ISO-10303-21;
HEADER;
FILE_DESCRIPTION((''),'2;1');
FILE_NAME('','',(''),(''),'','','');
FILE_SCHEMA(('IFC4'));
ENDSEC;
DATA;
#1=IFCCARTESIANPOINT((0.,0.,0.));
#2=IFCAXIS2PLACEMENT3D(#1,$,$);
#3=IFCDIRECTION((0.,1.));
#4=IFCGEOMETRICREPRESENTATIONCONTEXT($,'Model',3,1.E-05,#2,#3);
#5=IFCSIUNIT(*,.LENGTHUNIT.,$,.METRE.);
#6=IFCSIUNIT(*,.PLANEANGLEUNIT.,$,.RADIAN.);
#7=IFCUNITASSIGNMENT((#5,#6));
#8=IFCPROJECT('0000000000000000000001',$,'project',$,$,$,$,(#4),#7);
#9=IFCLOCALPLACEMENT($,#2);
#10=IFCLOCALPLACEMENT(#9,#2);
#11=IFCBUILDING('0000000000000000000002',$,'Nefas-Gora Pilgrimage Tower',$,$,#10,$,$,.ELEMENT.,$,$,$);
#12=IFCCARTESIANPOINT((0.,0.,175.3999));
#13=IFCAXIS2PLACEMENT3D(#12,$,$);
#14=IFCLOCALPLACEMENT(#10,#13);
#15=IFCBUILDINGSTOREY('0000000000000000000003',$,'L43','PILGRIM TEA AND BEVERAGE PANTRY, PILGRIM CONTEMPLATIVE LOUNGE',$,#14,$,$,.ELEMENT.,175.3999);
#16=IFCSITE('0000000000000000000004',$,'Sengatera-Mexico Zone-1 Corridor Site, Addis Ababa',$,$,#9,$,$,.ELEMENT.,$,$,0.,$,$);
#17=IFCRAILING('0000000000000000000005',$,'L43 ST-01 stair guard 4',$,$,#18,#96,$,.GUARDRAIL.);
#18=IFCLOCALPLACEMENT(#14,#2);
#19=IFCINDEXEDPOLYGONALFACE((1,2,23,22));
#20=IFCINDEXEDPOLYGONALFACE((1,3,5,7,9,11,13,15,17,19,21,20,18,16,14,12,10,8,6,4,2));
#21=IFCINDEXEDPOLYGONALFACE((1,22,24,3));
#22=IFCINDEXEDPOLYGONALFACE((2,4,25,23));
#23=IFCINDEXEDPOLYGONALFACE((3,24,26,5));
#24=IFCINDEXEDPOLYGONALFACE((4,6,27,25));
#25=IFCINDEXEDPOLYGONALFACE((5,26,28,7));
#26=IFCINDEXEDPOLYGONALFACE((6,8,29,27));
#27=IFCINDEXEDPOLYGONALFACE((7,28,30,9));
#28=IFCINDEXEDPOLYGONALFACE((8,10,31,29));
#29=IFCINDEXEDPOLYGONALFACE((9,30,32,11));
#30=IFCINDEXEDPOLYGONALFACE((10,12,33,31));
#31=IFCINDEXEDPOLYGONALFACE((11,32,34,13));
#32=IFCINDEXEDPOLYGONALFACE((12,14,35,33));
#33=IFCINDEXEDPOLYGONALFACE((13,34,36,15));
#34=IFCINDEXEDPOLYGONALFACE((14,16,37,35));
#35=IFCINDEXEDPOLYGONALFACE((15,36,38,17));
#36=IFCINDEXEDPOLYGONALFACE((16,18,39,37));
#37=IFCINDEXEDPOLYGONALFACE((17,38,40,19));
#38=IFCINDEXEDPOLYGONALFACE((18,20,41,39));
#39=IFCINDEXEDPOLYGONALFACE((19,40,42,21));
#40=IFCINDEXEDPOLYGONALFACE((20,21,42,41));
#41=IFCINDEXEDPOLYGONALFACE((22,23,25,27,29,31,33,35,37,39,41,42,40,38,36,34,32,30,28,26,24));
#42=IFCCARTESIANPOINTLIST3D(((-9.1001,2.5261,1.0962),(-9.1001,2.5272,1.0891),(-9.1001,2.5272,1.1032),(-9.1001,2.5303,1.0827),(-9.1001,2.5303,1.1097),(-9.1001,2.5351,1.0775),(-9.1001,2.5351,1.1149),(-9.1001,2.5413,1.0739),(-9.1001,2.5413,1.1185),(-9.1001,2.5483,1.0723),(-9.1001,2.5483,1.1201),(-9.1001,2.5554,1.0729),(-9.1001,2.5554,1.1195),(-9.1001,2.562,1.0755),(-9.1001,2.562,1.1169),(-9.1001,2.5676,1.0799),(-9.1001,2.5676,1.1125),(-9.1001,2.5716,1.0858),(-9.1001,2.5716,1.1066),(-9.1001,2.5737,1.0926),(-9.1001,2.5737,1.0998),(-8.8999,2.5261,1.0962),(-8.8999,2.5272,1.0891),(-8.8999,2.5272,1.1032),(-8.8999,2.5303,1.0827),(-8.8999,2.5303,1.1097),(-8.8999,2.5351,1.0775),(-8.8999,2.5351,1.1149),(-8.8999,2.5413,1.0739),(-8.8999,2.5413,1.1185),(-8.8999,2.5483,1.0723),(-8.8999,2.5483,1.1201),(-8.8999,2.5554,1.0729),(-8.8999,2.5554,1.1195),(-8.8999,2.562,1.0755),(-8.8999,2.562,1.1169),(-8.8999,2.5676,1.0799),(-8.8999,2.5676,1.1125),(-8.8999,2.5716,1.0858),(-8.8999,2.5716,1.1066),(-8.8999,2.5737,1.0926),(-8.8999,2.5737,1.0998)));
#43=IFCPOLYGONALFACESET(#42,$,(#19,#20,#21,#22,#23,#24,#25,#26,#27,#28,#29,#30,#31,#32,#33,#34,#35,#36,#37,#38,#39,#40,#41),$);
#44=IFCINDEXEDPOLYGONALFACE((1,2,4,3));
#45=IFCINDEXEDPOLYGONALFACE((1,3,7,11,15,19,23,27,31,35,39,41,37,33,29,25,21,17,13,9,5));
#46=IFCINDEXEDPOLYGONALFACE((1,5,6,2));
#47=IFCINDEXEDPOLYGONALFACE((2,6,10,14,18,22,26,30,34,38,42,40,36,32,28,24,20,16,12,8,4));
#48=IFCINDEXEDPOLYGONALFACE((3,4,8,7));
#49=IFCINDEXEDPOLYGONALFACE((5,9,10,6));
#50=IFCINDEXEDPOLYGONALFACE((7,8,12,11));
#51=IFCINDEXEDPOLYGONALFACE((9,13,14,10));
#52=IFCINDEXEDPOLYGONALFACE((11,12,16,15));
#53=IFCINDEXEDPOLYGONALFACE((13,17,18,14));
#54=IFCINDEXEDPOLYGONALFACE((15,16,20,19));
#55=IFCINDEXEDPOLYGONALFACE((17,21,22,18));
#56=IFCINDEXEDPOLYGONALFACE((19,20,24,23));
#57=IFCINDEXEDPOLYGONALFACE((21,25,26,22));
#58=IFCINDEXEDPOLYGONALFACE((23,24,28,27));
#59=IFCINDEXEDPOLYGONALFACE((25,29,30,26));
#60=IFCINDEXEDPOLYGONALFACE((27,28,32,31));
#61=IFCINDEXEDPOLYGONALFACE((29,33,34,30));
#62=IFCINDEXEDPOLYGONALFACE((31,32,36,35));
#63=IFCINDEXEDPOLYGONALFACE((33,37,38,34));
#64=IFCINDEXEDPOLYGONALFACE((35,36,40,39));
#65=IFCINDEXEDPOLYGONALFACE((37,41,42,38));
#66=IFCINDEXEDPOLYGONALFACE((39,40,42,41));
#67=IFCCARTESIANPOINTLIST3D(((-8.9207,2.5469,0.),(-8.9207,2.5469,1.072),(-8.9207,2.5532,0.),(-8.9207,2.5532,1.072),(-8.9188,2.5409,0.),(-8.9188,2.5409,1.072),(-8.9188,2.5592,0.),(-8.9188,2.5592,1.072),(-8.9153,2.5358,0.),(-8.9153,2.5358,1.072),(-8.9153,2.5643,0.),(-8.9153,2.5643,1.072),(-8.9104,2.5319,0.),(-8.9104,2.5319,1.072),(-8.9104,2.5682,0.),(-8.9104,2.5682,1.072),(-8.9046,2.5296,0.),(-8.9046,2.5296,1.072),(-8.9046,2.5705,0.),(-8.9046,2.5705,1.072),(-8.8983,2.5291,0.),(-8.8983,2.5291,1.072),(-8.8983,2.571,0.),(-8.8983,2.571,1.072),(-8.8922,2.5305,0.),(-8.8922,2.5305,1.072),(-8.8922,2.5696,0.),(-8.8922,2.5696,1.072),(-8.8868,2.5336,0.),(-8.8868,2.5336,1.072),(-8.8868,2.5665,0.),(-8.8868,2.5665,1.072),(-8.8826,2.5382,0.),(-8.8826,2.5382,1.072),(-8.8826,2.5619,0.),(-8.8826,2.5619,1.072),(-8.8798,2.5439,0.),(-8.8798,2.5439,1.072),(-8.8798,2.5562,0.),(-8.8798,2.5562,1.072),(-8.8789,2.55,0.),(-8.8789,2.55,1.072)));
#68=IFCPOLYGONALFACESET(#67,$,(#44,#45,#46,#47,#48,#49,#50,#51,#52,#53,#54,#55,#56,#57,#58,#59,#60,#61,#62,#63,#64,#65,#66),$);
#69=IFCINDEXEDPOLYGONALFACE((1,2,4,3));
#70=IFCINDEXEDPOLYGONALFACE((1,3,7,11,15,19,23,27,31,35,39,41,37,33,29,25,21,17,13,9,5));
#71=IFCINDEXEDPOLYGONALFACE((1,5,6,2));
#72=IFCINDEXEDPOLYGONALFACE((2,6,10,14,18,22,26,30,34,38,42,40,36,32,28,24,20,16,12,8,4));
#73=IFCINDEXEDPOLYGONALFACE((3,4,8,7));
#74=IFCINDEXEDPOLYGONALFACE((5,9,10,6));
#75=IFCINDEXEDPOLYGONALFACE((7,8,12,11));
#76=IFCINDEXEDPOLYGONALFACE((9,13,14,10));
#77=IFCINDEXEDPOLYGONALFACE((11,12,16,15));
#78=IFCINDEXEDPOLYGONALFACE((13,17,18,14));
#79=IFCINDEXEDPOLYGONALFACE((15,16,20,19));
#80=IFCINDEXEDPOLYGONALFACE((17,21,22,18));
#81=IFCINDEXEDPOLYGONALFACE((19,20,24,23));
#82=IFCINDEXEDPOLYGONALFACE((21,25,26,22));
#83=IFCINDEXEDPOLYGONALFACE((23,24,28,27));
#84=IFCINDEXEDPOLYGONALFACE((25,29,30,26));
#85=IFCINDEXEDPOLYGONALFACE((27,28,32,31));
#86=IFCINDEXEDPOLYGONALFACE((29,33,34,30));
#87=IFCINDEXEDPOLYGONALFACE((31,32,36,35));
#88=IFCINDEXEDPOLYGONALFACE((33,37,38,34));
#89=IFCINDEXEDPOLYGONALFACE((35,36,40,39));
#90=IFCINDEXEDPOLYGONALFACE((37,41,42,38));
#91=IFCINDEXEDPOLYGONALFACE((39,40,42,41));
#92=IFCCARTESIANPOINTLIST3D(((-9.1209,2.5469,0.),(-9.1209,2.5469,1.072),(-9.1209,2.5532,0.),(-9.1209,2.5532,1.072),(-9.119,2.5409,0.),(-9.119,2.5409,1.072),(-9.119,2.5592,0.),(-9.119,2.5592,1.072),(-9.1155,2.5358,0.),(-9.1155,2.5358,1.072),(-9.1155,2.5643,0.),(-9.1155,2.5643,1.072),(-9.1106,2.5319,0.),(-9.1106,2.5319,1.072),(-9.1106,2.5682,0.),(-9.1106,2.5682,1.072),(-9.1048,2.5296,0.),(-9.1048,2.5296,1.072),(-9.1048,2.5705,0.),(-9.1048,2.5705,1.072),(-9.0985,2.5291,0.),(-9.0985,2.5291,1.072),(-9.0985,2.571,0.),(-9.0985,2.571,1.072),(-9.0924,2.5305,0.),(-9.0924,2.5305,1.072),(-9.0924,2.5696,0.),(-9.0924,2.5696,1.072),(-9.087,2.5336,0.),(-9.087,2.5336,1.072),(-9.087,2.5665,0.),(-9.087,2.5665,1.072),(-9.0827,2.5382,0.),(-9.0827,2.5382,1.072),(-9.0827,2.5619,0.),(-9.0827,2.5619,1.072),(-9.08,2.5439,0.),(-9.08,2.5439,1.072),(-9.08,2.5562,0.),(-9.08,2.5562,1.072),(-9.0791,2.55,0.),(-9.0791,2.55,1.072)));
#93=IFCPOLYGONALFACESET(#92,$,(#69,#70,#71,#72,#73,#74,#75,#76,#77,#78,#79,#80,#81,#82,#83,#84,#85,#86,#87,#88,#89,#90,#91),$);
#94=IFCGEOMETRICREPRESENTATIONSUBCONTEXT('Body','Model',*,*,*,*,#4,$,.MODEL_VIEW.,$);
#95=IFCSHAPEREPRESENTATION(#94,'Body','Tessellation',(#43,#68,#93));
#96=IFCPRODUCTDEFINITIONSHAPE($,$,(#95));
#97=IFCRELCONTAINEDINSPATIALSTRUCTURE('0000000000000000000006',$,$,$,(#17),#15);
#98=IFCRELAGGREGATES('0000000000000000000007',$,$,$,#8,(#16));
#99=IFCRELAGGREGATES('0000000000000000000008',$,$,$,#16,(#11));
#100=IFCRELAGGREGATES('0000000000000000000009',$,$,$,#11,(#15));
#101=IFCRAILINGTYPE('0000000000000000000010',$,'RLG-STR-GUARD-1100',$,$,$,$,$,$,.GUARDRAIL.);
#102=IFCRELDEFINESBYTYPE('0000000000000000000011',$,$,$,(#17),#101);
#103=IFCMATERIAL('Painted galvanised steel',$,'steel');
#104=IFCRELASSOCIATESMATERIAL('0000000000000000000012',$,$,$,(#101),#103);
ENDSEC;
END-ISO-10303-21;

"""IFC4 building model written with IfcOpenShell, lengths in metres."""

from ifc_helpers import new_model, si_unit, direction, frame, origin, origin_2d, place, context, subcontext, project, spatial, circle, extrude, material, type_object, element, save


model = new_model("IFC4")

# Units and contexts
model_context = context("Model", 3, precision=1e-05, world=origin(), true_north=direction((0.0, 1.0)))
body_context = subcontext(model_context, "Body", "Model", "MODEL_VIEW")
ifc_project = project(units=[si_unit("LENGTHUNIT", "METRE"), si_unit("PLANEANGLEUNIT", "RADIAN")], contexts=[model_context])

# Site, building, storey
site_placement = place(None, origin())
site = spatial("IfcSite", under=ifc_project, at=site_placement, Name="Sengatera-Mexico Zone-1 Corridor Site, Addis Ababa", CompositionType="ELEMENT", RefElevation=0.0)
building_placement = place(site_placement, origin())
building = spatial("IfcBuilding", under=site, at=building_placement, Name="Nefas-Gora Pilgrimage Tower", CompositionType="ELEMENT")
storey_placement = place(building_placement, frame((0.0, 0.0, 175.3999)))
storey = spatial("IfcBuildingStorey", under=building, at=storey_placement, Name="L43", Description="PILGRIM TEA AND BEVERAGE PANTRY, PILGRIM CONTEMPLATIVE LOUNGE", CompositionType="ELEMENT", Elevation=175.3999)

# Railing
ifc_material_1 = material(Name="Painted galvanised steel", Category="steel")
railing_type_1 = type_object("IfcRailingType", Name="RLG-STR-GUARD-1100", PredefinedType="GUARDRAIL", material=ifc_material_1)
railing_1_placement = place(storey_placement, frame((-8.8999, 2.55, 0.0)))
element("IfcRailing", 1, at=railing_1_placement, inside=storey, type_object=railing_type_1, Name="L43 ST-01 stair guard 4", PredefinedType="GUARDRAIL", context=body_context, shape_type="SweptSolid", body=[
    extrude(circle(Radius=0.0239, at=origin_2d()), frame((0.0, 0.0, 1.0962), z_axis=(-1.0, 0.0, 0.0), x_axis=(0.0, -1.0, 0.0)), (0.0, 0.0, 1.0), 0.2002),
    extrude(circle(Radius=0.021, at=origin_2d()), origin(), (0.0, 0.0, 1.0), 1.072),
    extrude(circle(Radius=0.021, at=origin_2d()), frame((-0.2002, 0.0, 0.0)), (0.0, 0.0, 1.0), 1.072),
])

save(model, "model.ifc")
